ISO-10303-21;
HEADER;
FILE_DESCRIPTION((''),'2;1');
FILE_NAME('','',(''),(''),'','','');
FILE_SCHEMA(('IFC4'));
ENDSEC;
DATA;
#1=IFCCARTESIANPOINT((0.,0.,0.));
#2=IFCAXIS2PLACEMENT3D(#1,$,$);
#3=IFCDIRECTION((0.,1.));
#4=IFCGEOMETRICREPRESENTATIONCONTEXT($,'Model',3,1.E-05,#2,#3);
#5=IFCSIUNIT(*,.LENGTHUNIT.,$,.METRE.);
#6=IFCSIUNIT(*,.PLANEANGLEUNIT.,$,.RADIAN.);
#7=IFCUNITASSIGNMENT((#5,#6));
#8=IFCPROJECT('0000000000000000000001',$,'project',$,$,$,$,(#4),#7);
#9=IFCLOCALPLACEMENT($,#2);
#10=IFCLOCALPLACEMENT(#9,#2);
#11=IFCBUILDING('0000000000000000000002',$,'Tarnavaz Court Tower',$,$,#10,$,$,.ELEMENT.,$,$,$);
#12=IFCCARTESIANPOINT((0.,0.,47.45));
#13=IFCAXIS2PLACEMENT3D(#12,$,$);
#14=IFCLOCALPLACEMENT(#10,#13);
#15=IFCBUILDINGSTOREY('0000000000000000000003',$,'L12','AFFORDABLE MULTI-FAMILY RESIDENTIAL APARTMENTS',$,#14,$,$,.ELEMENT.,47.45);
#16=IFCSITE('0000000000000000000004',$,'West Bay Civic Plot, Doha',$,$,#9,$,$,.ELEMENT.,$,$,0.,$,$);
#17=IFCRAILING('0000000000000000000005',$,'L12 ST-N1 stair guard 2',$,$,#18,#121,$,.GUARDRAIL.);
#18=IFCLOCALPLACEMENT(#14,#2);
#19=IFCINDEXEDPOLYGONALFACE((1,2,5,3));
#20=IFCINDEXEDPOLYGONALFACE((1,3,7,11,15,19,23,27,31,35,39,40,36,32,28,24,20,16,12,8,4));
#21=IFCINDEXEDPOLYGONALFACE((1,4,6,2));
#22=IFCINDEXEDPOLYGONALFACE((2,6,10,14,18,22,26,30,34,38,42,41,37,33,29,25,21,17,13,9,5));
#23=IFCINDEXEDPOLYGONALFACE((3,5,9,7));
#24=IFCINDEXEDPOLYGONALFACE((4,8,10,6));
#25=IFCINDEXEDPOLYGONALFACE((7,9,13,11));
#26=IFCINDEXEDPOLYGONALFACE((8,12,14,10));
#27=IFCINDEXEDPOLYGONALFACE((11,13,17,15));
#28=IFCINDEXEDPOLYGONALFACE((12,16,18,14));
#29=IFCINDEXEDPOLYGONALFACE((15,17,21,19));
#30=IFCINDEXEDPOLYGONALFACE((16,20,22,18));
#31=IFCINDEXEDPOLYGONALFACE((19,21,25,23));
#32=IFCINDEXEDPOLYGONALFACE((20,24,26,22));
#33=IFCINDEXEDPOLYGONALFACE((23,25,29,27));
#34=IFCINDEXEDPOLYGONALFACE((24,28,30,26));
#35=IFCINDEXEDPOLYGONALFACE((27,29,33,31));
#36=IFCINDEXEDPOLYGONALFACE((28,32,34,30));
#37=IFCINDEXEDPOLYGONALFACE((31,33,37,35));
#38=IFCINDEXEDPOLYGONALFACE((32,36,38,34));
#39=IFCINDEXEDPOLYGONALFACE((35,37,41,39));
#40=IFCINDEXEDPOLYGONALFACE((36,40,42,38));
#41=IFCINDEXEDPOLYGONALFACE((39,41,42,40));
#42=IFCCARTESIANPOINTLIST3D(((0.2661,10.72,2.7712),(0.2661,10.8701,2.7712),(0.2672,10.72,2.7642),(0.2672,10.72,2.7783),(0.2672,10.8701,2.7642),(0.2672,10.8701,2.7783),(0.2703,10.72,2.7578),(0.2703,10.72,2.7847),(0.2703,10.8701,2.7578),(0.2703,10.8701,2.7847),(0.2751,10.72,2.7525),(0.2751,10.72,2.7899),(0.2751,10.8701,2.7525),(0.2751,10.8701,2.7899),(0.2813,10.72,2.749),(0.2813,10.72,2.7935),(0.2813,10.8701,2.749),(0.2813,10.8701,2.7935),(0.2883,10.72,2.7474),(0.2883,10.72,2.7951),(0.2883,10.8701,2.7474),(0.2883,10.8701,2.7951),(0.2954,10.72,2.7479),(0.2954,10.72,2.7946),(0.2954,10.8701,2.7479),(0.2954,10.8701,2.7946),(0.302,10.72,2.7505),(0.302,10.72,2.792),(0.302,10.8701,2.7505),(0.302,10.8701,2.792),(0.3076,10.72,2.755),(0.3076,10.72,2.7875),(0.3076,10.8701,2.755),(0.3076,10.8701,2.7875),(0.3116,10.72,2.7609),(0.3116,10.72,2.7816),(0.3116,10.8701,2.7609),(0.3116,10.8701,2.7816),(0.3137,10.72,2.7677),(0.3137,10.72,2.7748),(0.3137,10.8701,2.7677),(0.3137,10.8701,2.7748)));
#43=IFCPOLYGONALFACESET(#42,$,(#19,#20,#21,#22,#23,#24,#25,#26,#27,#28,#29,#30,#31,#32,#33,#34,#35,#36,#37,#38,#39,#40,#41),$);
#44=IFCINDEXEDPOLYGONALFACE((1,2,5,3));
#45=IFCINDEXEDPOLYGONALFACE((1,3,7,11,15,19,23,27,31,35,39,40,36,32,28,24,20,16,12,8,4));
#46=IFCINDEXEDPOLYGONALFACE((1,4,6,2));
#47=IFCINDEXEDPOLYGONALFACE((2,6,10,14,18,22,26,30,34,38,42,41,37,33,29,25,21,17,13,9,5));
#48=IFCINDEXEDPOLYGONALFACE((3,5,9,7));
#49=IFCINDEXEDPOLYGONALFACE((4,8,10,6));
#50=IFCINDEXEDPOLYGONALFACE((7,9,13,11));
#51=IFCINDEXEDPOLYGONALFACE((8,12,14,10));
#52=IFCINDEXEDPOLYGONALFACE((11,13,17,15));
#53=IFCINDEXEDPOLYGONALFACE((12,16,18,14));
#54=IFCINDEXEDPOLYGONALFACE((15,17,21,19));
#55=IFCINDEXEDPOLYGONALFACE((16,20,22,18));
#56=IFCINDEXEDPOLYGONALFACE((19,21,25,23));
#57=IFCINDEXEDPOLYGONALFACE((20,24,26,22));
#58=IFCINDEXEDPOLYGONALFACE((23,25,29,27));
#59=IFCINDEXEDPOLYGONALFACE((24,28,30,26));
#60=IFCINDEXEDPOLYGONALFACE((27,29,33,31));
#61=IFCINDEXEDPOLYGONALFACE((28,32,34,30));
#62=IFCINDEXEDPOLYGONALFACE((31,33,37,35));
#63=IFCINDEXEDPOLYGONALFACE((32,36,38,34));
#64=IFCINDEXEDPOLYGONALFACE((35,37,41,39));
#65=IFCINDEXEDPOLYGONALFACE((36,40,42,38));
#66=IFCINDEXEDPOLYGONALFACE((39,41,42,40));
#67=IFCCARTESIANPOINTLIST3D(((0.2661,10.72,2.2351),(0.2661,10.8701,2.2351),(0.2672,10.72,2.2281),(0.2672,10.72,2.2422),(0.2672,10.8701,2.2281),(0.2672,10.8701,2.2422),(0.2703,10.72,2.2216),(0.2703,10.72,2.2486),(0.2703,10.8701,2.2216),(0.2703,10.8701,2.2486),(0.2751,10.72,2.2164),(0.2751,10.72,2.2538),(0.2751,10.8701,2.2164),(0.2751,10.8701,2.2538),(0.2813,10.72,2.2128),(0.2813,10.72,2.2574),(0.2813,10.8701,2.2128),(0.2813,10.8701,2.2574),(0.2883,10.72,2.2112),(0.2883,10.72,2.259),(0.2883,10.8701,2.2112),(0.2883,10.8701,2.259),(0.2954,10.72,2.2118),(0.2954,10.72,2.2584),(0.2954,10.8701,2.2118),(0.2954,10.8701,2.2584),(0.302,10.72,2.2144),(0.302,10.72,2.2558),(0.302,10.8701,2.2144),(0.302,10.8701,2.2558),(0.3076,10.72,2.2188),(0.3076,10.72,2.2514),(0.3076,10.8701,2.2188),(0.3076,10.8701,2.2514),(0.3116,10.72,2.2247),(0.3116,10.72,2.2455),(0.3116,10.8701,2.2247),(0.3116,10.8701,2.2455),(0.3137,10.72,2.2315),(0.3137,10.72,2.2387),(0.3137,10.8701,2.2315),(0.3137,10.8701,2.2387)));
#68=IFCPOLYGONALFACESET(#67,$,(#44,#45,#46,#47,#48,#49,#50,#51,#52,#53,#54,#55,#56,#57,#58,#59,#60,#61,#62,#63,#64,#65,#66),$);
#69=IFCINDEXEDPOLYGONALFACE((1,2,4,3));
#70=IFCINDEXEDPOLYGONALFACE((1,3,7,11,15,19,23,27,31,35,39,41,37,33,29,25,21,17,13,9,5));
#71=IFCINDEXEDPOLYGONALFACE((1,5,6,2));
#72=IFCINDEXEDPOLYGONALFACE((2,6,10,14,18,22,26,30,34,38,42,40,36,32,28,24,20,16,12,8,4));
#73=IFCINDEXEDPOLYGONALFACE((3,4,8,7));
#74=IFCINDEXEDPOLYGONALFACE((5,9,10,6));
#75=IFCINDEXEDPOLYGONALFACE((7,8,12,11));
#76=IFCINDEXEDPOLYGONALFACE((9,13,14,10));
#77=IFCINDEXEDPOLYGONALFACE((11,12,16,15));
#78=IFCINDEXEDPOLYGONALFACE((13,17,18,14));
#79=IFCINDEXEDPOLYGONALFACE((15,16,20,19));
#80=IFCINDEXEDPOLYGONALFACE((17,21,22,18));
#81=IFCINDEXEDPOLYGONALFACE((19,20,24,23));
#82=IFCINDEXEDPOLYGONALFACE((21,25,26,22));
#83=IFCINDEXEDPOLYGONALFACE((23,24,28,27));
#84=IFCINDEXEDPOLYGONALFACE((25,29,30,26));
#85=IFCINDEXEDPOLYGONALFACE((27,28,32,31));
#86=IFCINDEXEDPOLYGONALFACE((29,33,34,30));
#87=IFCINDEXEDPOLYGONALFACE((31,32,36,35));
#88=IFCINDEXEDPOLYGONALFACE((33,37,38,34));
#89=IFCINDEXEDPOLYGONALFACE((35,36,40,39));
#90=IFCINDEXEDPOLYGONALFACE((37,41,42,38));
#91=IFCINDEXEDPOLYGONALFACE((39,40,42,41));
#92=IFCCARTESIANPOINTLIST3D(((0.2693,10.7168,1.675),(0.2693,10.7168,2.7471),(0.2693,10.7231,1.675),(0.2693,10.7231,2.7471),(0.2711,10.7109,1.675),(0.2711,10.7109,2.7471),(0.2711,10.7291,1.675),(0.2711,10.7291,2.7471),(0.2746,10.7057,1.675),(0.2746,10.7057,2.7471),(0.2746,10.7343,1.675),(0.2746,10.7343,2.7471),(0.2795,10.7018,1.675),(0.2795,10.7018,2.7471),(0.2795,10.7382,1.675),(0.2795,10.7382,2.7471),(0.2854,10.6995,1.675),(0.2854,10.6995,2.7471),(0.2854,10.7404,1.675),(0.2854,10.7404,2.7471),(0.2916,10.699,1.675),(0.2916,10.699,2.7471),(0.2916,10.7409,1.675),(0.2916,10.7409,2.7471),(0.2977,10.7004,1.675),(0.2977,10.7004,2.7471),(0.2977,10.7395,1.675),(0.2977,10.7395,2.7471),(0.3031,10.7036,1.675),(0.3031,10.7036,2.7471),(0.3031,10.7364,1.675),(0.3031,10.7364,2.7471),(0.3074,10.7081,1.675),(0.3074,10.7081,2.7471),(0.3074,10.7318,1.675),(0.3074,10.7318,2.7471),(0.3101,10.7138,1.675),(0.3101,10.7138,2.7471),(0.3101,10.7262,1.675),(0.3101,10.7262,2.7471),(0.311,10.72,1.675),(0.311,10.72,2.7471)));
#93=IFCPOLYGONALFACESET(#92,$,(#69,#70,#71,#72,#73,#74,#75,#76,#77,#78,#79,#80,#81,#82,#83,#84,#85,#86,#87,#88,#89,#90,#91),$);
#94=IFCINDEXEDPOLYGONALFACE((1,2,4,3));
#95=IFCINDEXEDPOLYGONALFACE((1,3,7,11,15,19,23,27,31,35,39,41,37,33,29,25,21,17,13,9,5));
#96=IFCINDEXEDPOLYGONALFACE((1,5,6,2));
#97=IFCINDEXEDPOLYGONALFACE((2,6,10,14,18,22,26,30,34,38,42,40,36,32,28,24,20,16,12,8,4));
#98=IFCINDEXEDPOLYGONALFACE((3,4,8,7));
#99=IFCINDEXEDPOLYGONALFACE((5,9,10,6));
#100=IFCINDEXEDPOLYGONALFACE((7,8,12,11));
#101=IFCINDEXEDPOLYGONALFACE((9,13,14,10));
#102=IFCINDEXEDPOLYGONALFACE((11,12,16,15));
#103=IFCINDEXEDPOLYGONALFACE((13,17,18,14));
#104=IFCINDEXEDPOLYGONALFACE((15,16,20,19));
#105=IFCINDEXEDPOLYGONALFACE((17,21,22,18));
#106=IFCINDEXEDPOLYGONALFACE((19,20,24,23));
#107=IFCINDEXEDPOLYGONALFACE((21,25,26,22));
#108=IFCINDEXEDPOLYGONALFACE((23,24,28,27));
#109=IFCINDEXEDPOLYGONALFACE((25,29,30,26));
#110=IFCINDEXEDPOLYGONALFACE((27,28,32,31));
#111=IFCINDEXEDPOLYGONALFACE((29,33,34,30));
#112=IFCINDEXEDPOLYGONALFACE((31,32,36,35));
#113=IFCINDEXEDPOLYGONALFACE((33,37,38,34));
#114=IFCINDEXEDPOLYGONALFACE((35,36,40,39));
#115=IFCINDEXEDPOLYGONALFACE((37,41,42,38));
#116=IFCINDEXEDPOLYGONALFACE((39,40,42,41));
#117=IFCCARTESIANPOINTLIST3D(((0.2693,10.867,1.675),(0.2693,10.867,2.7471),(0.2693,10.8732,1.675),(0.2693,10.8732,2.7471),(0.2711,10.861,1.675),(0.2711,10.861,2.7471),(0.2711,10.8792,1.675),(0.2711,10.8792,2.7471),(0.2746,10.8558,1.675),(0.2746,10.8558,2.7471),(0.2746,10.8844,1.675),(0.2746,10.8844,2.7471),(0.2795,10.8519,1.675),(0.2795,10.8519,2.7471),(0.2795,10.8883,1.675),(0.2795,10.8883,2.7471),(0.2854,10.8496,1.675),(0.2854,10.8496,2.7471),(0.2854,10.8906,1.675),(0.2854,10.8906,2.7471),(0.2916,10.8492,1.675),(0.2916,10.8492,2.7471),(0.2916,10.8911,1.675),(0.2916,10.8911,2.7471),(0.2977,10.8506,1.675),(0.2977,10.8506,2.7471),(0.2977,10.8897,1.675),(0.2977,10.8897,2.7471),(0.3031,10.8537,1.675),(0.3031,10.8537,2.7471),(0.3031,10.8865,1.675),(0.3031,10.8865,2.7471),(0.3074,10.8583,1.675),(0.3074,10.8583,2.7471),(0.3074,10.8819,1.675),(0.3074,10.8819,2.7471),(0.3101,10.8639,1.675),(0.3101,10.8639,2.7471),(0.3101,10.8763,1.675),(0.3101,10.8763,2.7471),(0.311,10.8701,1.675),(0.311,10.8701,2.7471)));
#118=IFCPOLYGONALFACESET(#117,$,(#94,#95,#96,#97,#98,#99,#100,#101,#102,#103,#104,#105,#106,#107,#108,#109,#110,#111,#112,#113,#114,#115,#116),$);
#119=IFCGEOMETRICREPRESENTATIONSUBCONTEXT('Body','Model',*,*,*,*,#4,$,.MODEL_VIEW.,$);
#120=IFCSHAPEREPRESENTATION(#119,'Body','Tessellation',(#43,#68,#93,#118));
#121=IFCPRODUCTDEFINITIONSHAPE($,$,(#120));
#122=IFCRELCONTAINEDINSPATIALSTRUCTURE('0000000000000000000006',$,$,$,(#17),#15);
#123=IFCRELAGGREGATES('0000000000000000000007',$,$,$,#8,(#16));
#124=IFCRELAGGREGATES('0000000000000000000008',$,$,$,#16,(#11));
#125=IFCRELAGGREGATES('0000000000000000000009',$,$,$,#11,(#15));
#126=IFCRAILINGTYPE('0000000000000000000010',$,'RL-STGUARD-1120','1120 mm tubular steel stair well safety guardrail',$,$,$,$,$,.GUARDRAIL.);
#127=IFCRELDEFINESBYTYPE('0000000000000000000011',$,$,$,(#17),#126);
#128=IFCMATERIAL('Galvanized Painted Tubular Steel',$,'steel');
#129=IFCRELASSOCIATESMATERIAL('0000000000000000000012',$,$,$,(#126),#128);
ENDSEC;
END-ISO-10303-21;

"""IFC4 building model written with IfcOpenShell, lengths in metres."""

from ifc_helpers import new_model, si_unit, direction, frame, origin, origin_2d, place, context, subcontext, project, spatial, circle, extrude, material, type_object, element, save


model = new_model("IFC4")

# Units and contexts
model_context = context("Model", 3, precision=1e-05, world=origin(), true_north=direction((0.0, 1.0)))
body_context = subcontext(model_context, "Body", "Model", "MODEL_VIEW")
ifc_project = project(units=[si_unit("LENGTHUNIT", "METRE"), si_unit("PLANEANGLEUNIT", "RADIAN")], contexts=[model_context])

# Site, building, storey
site_placement = place(None, origin())
site = spatial("IfcSite", under=ifc_project, at=site_placement, Name="West Bay Civic Plot, Doha", CompositionType="ELEMENT", RefElevation=0.0)
building_placement = place(site_placement, origin())
building = spatial("IfcBuilding", under=site, at=building_placement, Name="Tarnavaz Court Tower", CompositionType="ELEMENT")
storey_placement = place(building_placement, frame((0.0, 0.0, 47.45)))
storey = spatial("IfcBuildingStorey", under=building, at=storey_placement, Name="L12", Description="AFFORDABLE MULTI-FAMILY RESIDENTIAL APARTMENTS", CompositionType="ELEMENT", Elevation=47.45)

# Railing
ifc_material_1 = material(Name="Galvanized Painted Tubular Steel", Category="steel")
railing_type_1 = type_object("IfcRailingType", Name="RL-STGUARD-1120", Description="1120 mm tubular steel stair well safety guardrail", PredefinedType="GUARDRAIL", material=ifc_material_1)
railing_1_placement = place(storey_placement, frame((0.29, 10.72, 1.675)))
element("IfcRailing", 1, at=railing_1_placement, inside=storey, type_object=railing_type_1, Name="L12 ST-N1 stair guard 2", PredefinedType="GUARDRAIL", context=body_context, shape_type="SweptSolid", body=[
    extrude(circle(Radius=0.0239, at=origin_2d()), frame((0.0, 0.0, 1.0962), z_axis=(0.0, 1.0, 0.0), x_axis=(-1.0, 0.0, 0.0)), (0.0, 0.0, 1.0), 0.1501),
    extrude(circle(Radius=0.0239, at=origin_2d()), frame((0.0, 0.0, 0.5601), z_axis=(0.0, 1.0, 0.0), x_axis=(-1.0, 0.0, 0.0)), (0.0, 0.0, 1.0), 0.1501),
    extrude(circle(Radius=0.021, at=origin_2d()), origin(), (0.0, 0.0, 1.0), 1.072),
    extrude(circle(Radius=0.021, at=origin_2d()), frame((0.0, 0.1501, 0.0)), (0.0, 0.0, 1.0), 1.072),
])

save(model, "model.ifc")
